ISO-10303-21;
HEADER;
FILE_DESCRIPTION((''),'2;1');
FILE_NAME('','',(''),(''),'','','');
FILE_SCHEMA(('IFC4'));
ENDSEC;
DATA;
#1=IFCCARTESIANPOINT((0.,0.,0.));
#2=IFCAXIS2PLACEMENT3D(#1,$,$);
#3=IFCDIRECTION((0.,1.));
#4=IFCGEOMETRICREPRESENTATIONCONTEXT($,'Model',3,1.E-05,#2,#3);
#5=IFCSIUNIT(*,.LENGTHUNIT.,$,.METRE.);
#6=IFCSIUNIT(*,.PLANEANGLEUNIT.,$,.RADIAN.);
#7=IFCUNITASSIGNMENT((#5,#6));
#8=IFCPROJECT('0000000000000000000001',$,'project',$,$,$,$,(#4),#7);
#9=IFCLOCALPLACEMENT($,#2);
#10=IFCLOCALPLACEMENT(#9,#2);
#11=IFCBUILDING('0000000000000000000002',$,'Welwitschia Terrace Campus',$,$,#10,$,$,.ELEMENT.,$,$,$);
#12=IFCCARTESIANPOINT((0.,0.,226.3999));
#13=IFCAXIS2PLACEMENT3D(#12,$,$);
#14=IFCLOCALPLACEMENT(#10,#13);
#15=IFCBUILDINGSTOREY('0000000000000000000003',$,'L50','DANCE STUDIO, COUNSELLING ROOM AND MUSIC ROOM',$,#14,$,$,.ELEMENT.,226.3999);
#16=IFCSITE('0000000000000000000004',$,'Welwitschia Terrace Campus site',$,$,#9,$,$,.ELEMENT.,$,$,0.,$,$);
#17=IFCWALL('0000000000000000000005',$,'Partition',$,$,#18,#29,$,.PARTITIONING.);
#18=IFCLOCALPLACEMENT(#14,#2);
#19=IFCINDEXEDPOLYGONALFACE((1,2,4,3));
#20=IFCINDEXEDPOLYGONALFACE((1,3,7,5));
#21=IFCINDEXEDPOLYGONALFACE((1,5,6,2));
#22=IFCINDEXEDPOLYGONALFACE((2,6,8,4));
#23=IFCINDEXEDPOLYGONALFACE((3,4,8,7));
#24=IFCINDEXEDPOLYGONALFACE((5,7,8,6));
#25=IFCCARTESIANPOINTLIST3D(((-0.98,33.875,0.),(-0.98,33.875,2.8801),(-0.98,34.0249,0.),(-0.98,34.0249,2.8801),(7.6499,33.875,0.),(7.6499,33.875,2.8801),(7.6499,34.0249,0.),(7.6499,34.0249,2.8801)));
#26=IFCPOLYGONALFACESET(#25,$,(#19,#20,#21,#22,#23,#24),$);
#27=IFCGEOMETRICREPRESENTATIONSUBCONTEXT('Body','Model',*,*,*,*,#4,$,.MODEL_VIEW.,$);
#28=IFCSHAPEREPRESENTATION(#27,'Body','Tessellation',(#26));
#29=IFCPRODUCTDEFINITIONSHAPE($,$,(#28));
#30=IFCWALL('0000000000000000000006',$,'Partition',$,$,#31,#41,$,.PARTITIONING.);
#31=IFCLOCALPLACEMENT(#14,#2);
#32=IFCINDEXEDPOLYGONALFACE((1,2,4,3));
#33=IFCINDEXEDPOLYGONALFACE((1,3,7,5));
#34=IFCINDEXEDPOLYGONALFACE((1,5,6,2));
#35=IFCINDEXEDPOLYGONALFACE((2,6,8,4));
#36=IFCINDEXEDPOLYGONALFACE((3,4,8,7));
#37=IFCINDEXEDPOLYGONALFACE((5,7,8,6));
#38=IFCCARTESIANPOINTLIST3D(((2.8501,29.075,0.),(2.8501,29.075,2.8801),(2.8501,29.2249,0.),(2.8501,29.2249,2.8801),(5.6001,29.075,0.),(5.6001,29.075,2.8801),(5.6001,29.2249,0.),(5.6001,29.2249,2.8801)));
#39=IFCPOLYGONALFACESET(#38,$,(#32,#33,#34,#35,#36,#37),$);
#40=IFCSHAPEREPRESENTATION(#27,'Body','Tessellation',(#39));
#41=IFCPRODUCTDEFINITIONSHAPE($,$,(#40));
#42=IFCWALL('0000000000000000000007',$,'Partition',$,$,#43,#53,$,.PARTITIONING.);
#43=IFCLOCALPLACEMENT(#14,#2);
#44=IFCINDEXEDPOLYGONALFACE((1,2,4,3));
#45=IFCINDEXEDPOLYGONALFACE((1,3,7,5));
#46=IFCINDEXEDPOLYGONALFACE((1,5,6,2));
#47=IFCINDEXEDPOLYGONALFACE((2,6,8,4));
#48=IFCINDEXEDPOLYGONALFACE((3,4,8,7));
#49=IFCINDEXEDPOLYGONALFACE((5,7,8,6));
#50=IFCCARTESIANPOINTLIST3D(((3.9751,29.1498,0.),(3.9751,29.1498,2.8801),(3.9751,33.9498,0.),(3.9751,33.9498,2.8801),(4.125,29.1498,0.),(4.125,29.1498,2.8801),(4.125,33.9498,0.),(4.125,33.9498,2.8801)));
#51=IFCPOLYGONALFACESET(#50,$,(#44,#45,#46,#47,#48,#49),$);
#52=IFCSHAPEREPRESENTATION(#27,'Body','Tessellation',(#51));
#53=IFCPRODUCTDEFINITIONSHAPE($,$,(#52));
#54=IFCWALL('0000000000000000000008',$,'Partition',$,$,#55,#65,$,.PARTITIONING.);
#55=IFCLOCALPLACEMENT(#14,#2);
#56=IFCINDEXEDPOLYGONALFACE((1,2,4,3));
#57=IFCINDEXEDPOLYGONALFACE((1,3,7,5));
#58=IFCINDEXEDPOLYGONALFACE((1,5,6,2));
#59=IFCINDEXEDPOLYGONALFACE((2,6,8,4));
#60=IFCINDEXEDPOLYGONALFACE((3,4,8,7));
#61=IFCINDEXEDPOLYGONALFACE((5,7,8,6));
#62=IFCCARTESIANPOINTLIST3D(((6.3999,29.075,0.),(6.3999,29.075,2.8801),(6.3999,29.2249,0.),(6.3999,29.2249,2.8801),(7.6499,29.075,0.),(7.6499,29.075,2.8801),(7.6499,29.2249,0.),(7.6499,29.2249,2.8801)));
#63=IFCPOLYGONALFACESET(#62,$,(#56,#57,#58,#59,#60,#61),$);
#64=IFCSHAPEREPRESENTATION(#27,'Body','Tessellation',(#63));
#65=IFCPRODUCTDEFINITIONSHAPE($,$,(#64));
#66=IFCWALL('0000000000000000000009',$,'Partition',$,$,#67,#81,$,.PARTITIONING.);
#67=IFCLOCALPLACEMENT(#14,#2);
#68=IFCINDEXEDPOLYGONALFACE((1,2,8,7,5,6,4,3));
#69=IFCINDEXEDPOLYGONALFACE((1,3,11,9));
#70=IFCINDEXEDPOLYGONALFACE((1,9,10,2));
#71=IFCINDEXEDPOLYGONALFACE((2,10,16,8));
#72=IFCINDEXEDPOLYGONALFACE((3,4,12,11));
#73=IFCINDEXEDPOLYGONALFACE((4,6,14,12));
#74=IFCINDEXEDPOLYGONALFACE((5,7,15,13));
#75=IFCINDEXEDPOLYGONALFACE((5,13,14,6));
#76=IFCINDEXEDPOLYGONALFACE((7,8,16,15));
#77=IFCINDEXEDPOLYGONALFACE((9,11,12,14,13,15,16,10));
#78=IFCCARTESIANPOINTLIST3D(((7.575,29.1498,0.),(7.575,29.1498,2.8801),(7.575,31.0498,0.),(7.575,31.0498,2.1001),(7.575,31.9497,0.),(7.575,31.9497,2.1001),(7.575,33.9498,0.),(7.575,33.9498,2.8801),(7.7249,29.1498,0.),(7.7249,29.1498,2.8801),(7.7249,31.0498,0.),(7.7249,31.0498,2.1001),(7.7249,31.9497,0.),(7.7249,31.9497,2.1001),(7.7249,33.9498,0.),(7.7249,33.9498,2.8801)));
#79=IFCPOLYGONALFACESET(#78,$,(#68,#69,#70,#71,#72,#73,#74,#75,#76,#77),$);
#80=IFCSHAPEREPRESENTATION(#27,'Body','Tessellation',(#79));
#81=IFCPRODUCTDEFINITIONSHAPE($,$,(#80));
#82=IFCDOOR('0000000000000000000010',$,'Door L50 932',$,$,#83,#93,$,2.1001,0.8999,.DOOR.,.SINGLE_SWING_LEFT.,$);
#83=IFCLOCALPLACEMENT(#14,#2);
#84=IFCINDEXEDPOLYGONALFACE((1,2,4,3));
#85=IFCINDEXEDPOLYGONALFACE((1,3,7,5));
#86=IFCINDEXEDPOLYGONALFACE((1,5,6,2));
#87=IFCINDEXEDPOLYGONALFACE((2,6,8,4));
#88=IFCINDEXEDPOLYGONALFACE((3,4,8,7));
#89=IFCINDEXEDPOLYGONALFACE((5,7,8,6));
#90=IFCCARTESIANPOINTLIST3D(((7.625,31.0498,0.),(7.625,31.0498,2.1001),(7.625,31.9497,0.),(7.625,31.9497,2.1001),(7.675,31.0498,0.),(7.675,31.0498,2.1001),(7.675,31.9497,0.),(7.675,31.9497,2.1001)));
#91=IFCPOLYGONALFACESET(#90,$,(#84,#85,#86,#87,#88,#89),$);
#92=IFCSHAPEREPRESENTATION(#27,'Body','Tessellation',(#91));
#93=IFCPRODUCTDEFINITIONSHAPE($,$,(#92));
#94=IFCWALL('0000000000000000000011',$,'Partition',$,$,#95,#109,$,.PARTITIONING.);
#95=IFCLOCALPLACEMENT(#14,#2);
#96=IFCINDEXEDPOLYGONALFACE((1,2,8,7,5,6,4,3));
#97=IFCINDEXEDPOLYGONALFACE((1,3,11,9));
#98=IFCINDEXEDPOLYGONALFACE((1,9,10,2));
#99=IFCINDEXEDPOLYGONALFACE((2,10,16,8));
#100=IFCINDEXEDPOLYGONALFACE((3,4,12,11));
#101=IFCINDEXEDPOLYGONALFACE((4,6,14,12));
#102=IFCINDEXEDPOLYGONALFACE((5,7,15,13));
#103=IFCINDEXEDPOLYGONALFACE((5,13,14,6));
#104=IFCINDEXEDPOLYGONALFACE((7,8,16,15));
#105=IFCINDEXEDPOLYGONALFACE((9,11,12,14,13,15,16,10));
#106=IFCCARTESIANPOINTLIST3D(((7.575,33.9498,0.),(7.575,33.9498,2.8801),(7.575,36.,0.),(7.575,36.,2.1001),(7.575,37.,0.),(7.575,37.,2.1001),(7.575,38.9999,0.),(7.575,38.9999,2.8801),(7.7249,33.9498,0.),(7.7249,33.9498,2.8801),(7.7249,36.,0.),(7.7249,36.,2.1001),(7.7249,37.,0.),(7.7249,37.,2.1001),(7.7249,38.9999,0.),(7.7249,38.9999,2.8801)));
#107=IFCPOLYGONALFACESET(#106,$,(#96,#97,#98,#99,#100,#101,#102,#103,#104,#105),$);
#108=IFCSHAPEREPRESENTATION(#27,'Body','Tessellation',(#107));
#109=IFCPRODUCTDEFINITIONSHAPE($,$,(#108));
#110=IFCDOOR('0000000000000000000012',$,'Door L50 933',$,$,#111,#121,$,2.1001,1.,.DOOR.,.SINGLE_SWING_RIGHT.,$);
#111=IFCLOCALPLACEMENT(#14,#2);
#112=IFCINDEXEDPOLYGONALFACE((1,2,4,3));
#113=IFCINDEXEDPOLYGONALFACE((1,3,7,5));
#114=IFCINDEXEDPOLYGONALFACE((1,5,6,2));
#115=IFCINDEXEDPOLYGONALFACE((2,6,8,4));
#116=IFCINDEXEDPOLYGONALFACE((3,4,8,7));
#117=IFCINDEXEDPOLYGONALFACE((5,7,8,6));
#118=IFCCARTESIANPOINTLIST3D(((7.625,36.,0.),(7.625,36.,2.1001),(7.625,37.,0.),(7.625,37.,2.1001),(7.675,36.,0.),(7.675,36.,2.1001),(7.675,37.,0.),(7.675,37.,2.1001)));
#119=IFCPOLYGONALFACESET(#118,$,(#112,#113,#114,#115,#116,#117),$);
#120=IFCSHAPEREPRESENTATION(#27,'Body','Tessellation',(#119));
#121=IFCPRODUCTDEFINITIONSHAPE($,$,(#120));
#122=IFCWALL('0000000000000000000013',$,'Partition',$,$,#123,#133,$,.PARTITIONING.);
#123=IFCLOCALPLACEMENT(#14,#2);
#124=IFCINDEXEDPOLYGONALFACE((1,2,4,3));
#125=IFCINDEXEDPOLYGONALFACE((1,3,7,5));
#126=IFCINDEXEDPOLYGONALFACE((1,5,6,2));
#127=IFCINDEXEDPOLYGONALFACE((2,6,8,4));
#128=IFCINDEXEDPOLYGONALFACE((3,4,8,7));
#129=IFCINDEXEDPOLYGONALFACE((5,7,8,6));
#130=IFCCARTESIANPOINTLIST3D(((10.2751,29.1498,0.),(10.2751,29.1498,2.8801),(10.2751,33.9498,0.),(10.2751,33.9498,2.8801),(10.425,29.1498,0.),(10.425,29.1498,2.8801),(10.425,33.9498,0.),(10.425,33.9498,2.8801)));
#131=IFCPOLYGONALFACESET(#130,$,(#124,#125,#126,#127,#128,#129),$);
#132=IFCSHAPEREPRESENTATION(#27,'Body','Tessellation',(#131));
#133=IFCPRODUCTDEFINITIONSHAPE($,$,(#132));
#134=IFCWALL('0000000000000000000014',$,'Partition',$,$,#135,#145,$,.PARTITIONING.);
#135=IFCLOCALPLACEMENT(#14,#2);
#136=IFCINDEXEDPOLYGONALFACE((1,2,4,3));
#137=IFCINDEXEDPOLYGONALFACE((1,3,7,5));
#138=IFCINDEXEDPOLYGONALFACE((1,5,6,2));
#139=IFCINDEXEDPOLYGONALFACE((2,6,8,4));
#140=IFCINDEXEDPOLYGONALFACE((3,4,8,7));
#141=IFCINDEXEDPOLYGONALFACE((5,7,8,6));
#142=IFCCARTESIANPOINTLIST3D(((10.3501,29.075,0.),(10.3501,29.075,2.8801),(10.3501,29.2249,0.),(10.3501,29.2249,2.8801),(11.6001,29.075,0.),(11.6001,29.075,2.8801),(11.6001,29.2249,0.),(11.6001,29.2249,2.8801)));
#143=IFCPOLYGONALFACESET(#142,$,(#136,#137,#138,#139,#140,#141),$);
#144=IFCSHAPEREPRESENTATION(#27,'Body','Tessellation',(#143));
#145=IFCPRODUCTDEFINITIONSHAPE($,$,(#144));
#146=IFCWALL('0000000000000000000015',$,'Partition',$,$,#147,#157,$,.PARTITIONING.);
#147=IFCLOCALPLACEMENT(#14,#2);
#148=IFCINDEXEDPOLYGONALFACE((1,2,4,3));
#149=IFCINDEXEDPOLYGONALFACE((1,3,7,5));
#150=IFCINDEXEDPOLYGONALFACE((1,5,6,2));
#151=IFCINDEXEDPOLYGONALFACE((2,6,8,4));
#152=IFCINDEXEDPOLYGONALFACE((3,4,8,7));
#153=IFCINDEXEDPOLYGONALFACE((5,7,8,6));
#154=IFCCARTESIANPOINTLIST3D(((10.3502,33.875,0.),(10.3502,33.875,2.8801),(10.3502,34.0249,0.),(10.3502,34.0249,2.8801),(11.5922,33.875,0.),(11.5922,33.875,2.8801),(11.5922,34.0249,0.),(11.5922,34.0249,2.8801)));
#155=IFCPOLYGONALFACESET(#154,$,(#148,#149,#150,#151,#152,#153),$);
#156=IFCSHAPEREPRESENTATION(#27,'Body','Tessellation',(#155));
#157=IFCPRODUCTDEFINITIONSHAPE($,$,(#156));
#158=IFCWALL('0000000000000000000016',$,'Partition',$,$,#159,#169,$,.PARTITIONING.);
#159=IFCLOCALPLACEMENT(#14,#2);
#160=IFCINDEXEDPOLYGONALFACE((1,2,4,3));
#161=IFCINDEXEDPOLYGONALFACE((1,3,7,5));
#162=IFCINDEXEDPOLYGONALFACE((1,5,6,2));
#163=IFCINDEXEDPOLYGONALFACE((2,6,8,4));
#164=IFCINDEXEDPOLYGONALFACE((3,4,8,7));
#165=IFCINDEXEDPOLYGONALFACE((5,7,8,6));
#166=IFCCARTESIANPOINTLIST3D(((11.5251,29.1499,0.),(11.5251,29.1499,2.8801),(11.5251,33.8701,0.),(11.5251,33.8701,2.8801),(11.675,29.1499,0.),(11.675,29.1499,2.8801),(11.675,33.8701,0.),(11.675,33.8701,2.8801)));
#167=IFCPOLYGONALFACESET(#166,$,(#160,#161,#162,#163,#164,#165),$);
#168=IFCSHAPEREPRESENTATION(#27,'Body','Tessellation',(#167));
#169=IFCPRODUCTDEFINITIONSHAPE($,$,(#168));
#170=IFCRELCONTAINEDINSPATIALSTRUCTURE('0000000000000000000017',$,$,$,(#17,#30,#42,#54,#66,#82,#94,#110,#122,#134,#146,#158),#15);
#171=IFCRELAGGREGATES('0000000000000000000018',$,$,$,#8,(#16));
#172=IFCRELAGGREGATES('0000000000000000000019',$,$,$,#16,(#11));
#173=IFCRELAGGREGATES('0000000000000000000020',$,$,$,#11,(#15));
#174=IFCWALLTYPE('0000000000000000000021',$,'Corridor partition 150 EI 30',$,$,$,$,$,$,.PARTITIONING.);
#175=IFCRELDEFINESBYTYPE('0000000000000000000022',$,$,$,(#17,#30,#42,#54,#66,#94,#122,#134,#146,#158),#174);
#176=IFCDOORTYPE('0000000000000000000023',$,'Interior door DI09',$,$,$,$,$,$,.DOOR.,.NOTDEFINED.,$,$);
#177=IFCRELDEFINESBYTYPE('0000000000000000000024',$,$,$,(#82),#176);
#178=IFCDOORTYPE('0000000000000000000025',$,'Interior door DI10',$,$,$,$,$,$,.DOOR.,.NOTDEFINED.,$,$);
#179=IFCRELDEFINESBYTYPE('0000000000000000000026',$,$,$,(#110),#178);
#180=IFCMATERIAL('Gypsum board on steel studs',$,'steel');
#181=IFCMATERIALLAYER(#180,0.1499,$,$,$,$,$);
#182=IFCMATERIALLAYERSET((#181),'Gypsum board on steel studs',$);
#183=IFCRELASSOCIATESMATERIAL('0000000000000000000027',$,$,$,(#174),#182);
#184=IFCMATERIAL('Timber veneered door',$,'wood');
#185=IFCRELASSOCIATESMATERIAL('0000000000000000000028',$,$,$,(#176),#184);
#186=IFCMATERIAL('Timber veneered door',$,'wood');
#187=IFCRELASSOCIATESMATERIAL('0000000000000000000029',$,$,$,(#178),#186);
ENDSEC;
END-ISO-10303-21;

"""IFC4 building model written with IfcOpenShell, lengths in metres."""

from ifc_helpers import new_model, si_unit, direction, frame, frame_2d, origin, place, context, subcontext, project, spatial, rectangle, extrude, material, layer, layer_set, type_object, element, fill, save


model = new_model("IFC4")

# Units and contexts
model_context = context("Model", 3, precision=1e-05, world=origin(), true_north=direction((0.0, 1.0)))
body_context = subcontext(model_context, "Body", "Model", "MODEL_VIEW")
ifc_project = project(units=[si_unit("LENGTHUNIT", "METRE"), si_unit("PLANEANGLEUNIT", "RADIAN")], contexts=[model_context])

# Site, building, storey
site_placement = place(None, origin())
site = spatial("IfcSite", under=ifc_project, at=site_placement, Name="Welwitschia Terrace Campus site", CompositionType="ELEMENT", RefElevation=0.0)
building_placement = place(site_placement, origin())
building = spatial("IfcBuilding", under=site, at=building_placement, Name="Welwitschia Terrace Campus", CompositionType="ELEMENT")
storey_placement = place(building_placement, frame((0.0, 0.0, 226.3999)))
storey = spatial("IfcBuildingStorey", under=building, at=storey_placement, Name="L50", Description="DANCE STUDIO, COUNSELLING ROOM AND MUSIC ROOM", CompositionType="ELEMENT", Elevation=226.3999)

# Walls
ifc_material_1 = material(Name="Gypsum board on steel studs", Category="steel")
ifc_layer_1 = layer(ifc_material_1, 0.1499)
ifc_layer_set_1 = layer_set([ifc_layer_1], Name="Gypsum board on steel studs")
wall_type = type_object("IfcWallType", Name="Corridor partition 150 EI 30", PredefinedType="PARTITIONING", material=ifc_layer_set_1)
wall_1_placement = place(storey_placement, frame((-0.98, 33.95, 0.0), z_axis=(0.0, 0.0, 1.0), x_axis=(1.0, 0.0, 0.0)))
element("IfcWall", 1, at=wall_1_placement, inside=storey, type_object=wall_type, Name="Partition", PredefinedType="PARTITIONING", context=body_context, shape_type="SweptSolid", body=[
    extrude(rectangle(XDim=8.6299, YDim=0.1499, at=frame_2d((4.3149, 0.0))), origin(), (0.0, 0.0, 1.0), 2.8801),
])
wall_2_placement = place(storey_placement, frame((2.8501, 29.1499, 0.0), z_axis=(0.0, 0.0, 1.0), x_axis=(1.0, 0.0, 0.0)))
element("IfcWall", 2, at=wall_2_placement, inside=storey, type_object=wall_type, Name="Partition", PredefinedType="PARTITIONING", context=body_context, shape_type="SweptSolid", body=[
    extrude(rectangle(XDim=2.75, YDim=0.1499, at=frame_2d((1.375, 0.0))), origin(), (0.0, 0.0, 1.0), 2.8801),
])
wall_3_placement = place(storey_placement, frame((4.05, 29.1499, 0.0), z_axis=(0.0, 0.0, 1.0), x_axis=(0.0, 1.0, 0.0)))
element("IfcWall", 3, at=wall_3_placement, inside=storey, type_object=wall_type, Name="Partition", PredefinedType="PARTITIONING", context=body_context, shape_type="SweptSolid", body=[
    extrude(rectangle(XDim=4.8, YDim=0.1499, at=frame_2d((2.3999, 0.0))), origin(), (0.0, 0.0, 1.0), 2.8801),
])
wall_4_placement = place(storey_placement, frame((6.3999, 29.1499, 0.0), z_axis=(0.0, 0.0, 1.0), x_axis=(1.0, 0.0, 0.0)))
element("IfcWall", 4, at=wall_4_placement, inside=storey, type_object=wall_type, Name="Partition", PredefinedType="PARTITIONING", context=body_context, shape_type="SweptSolid", body=[
    extrude(rectangle(XDim=1.25, YDim=0.1499, at=frame_2d((0.625, 0.0))), origin(), (0.0, 0.0, 1.0), 2.8801),
])

# Walls, openings, doors
wall_5_placement = place(storey_placement, frame((7.6499, 29.1499, 0.0), z_axis=(0.0, 0.0, 1.0), x_axis=(0.0, 1.0, 0.0)))
wall_5 = element("IfcWall", 5, at=wall_5_placement, inside=storey, type_object=wall_type, Name="Partition", PredefinedType="PARTITIONING", context=body_context, shape_type="SweptSolid", body=[
    extrude(rectangle(XDim=4.8, YDim=0.1499, at=frame_2d((2.3999, 0.0))), origin(), (0.0, 0.0, 1.0), 2.8801),
])
opening_1_placement = place(wall_5_placement, frame((1.8999, 0.0, 0.0)))
opening_1 = element("IfcOpeningElement", 6, at=opening_1_placement, cuts=wall_5, PredefinedType="OPENING", context=body_context, shape_type="SweptSolid", body=[
    extrude(rectangle(XDim=0.8999, YDim=2.1001, at=frame_2d((0.45, 1.05))), frame((0.0, 0.085, 0.0), z_axis=(0.0, -1.0, 0.0), x_axis=(1.0, 0.0, 0.0)), (0.0, 0.0, 1.0), 0.1699),
])
ifc_material_2 = material(Name="Timber veneered door", Category="wood")
door_type_1 = type_object("IfcDoorType", Name="Interior door DI09", OperationType="NOTDEFINED", PredefinedType="DOOR", material=ifc_material_2)
door_1_placement = place(opening_1_placement, origin())
door_1 = element("IfcDoor", 7, at=door_1_placement, inside=storey, type_object=door_type_1, Name="Door L50 932", OperationType="SINGLE_SWING_LEFT", OverallHeight=2.1001, OverallWidth=0.8999, PredefinedType="DOOR", context=body_context, shape_type="SweptSolid", body=[
    extrude(rectangle(XDim=0.8999, YDim=2.1001, at=frame_2d((0.45, 1.05))), frame((0.0, 0.0249, 0.0), z_axis=(0.0, -1.0, 0.0), x_axis=(1.0, 0.0, 0.0)), (0.0, 0.0, 1.0), 0.05),
])
fill(opening_1, door_1)
wall_6_placement = place(storey_placement, frame((7.6499, 33.95, 0.0), z_axis=(0.0, 0.0, 1.0), x_axis=(0.0, 1.0, 0.0)))
wall_6 = element("IfcWall", 8, at=wall_6_placement, inside=storey, type_object=wall_type, Name="Partition", PredefinedType="PARTITIONING", context=body_context, shape_type="SweptSolid", body=[
    extrude(rectangle(XDim=5.05, YDim=0.1499, at=frame_2d((2.5249, 0.0))), origin(), (0.0, 0.0, 1.0), 2.8801),
])
opening_2_placement = place(wall_6_placement, frame((2.05, 0.0, 0.0)))
opening_2 = element("IfcOpeningElement", 9, at=opening_2_placement, cuts=wall_6, PredefinedType="OPENING", context=body_context, shape_type="SweptSolid", body=[
    extrude(rectangle(XDim=1.0, YDim=2.1001, at=frame_2d((0.5, 1.05))), frame((0.0, 0.085, 0.0), z_axis=(0.0, -1.0, 0.0), x_axis=(1.0, 0.0, 0.0)), (0.0, 0.0, 1.0), 0.1699),
])
ifc_material_3 = material(Name="Timber veneered door", Category="wood")
door_type_2 = type_object("IfcDoorType", Name="Interior door DI10", OperationType="NOTDEFINED", PredefinedType="DOOR", material=ifc_material_3)
door_2_placement = place(opening_2_placement, origin())
door_2 = element("IfcDoor", 10, at=door_2_placement, inside=storey, type_object=door_type_2, Name="Door L50 933", OperationType="SINGLE_SWING_RIGHT", OverallHeight=2.1001, OverallWidth=1.0, PredefinedType="DOOR", context=body_context, shape_type="SweptSolid", body=[
    extrude(rectangle(XDim=1.0, YDim=2.1001, at=frame_2d((0.5, 1.05))), frame((0.0, 0.0249, 0.0), z_axis=(0.0, -1.0, 0.0), x_axis=(1.0, 0.0, 0.0)), (0.0, 0.0, 1.0), 0.05),
])
fill(opening_2, door_2)

# Walls
wall_7_placement = place(storey_placement, frame((10.3501, 29.1499, 0.0), z_axis=(0.0, 0.0, 1.0), x_axis=(0.0, 1.0, 0.0)))
element("IfcWall", 11, at=wall_7_placement, inside=storey, type_object=wall_type, Name="Partition", PredefinedType="PARTITIONING", context=body_context, shape_type="SweptSolid", body=[
    extrude(rectangle(XDim=4.8, YDim=0.1499, at=frame_2d((2.3999, 0.0))), origin(), (0.0, 0.0, 1.0), 2.8801),
])
wall_8_placement = place(storey_placement, frame((10.3501, 29.1499, 0.0), z_axis=(0.0, 0.0, 1.0), x_axis=(1.0, 0.0, 0.0)))
element("IfcWall", 12, at=wall_8_placement, inside=storey, type_object=wall_type, Name="Partition", PredefinedType="PARTITIONING", context=body_context, shape_type="SweptSolid", body=[
    extrude(rectangle(XDim=1.25, YDim=0.1499, at=frame_2d((0.625, 0.0))), origin(), (0.0, 0.0, 1.0), 2.8801),
])
wall_9_placement = place(storey_placement, frame((10.3501, 33.95, 0.0), z_axis=(0.0, 0.0, 1.0), x_axis=(1.0, 0.0, 0.0)))
element("IfcWall", 13, at=wall_9_placement, inside=storey, type_object=wall_type, Name="Partition", PredefinedType="PARTITIONING", context=body_context, shape_type="SweptSolid", body=[
    extrude(rectangle(XDim=1.2419, YDim=0.1499, at=frame_2d((0.6211, 0.0))), origin(), (0.0, 0.0, 1.0), 2.8801),
])
wall_10_placement = place(storey_placement, frame((11.6001, 29.1499, 0.0), z_axis=(0.0, 0.0, 1.0), x_axis=(0.0, 1.0, 0.0)))
element("IfcWall", 14, at=wall_10_placement, inside=storey, type_object=wall_type, Name="Partition", PredefinedType="PARTITIONING", context=body_context, shape_type="SweptSolid", body=[
    extrude(rectangle(XDim=4.7202, YDim=0.1499, at=frame_2d((2.3601, 0.0))), origin(), (0.0, 0.0, 1.0), 2.8801),
])

save(model, "model.ifc")
